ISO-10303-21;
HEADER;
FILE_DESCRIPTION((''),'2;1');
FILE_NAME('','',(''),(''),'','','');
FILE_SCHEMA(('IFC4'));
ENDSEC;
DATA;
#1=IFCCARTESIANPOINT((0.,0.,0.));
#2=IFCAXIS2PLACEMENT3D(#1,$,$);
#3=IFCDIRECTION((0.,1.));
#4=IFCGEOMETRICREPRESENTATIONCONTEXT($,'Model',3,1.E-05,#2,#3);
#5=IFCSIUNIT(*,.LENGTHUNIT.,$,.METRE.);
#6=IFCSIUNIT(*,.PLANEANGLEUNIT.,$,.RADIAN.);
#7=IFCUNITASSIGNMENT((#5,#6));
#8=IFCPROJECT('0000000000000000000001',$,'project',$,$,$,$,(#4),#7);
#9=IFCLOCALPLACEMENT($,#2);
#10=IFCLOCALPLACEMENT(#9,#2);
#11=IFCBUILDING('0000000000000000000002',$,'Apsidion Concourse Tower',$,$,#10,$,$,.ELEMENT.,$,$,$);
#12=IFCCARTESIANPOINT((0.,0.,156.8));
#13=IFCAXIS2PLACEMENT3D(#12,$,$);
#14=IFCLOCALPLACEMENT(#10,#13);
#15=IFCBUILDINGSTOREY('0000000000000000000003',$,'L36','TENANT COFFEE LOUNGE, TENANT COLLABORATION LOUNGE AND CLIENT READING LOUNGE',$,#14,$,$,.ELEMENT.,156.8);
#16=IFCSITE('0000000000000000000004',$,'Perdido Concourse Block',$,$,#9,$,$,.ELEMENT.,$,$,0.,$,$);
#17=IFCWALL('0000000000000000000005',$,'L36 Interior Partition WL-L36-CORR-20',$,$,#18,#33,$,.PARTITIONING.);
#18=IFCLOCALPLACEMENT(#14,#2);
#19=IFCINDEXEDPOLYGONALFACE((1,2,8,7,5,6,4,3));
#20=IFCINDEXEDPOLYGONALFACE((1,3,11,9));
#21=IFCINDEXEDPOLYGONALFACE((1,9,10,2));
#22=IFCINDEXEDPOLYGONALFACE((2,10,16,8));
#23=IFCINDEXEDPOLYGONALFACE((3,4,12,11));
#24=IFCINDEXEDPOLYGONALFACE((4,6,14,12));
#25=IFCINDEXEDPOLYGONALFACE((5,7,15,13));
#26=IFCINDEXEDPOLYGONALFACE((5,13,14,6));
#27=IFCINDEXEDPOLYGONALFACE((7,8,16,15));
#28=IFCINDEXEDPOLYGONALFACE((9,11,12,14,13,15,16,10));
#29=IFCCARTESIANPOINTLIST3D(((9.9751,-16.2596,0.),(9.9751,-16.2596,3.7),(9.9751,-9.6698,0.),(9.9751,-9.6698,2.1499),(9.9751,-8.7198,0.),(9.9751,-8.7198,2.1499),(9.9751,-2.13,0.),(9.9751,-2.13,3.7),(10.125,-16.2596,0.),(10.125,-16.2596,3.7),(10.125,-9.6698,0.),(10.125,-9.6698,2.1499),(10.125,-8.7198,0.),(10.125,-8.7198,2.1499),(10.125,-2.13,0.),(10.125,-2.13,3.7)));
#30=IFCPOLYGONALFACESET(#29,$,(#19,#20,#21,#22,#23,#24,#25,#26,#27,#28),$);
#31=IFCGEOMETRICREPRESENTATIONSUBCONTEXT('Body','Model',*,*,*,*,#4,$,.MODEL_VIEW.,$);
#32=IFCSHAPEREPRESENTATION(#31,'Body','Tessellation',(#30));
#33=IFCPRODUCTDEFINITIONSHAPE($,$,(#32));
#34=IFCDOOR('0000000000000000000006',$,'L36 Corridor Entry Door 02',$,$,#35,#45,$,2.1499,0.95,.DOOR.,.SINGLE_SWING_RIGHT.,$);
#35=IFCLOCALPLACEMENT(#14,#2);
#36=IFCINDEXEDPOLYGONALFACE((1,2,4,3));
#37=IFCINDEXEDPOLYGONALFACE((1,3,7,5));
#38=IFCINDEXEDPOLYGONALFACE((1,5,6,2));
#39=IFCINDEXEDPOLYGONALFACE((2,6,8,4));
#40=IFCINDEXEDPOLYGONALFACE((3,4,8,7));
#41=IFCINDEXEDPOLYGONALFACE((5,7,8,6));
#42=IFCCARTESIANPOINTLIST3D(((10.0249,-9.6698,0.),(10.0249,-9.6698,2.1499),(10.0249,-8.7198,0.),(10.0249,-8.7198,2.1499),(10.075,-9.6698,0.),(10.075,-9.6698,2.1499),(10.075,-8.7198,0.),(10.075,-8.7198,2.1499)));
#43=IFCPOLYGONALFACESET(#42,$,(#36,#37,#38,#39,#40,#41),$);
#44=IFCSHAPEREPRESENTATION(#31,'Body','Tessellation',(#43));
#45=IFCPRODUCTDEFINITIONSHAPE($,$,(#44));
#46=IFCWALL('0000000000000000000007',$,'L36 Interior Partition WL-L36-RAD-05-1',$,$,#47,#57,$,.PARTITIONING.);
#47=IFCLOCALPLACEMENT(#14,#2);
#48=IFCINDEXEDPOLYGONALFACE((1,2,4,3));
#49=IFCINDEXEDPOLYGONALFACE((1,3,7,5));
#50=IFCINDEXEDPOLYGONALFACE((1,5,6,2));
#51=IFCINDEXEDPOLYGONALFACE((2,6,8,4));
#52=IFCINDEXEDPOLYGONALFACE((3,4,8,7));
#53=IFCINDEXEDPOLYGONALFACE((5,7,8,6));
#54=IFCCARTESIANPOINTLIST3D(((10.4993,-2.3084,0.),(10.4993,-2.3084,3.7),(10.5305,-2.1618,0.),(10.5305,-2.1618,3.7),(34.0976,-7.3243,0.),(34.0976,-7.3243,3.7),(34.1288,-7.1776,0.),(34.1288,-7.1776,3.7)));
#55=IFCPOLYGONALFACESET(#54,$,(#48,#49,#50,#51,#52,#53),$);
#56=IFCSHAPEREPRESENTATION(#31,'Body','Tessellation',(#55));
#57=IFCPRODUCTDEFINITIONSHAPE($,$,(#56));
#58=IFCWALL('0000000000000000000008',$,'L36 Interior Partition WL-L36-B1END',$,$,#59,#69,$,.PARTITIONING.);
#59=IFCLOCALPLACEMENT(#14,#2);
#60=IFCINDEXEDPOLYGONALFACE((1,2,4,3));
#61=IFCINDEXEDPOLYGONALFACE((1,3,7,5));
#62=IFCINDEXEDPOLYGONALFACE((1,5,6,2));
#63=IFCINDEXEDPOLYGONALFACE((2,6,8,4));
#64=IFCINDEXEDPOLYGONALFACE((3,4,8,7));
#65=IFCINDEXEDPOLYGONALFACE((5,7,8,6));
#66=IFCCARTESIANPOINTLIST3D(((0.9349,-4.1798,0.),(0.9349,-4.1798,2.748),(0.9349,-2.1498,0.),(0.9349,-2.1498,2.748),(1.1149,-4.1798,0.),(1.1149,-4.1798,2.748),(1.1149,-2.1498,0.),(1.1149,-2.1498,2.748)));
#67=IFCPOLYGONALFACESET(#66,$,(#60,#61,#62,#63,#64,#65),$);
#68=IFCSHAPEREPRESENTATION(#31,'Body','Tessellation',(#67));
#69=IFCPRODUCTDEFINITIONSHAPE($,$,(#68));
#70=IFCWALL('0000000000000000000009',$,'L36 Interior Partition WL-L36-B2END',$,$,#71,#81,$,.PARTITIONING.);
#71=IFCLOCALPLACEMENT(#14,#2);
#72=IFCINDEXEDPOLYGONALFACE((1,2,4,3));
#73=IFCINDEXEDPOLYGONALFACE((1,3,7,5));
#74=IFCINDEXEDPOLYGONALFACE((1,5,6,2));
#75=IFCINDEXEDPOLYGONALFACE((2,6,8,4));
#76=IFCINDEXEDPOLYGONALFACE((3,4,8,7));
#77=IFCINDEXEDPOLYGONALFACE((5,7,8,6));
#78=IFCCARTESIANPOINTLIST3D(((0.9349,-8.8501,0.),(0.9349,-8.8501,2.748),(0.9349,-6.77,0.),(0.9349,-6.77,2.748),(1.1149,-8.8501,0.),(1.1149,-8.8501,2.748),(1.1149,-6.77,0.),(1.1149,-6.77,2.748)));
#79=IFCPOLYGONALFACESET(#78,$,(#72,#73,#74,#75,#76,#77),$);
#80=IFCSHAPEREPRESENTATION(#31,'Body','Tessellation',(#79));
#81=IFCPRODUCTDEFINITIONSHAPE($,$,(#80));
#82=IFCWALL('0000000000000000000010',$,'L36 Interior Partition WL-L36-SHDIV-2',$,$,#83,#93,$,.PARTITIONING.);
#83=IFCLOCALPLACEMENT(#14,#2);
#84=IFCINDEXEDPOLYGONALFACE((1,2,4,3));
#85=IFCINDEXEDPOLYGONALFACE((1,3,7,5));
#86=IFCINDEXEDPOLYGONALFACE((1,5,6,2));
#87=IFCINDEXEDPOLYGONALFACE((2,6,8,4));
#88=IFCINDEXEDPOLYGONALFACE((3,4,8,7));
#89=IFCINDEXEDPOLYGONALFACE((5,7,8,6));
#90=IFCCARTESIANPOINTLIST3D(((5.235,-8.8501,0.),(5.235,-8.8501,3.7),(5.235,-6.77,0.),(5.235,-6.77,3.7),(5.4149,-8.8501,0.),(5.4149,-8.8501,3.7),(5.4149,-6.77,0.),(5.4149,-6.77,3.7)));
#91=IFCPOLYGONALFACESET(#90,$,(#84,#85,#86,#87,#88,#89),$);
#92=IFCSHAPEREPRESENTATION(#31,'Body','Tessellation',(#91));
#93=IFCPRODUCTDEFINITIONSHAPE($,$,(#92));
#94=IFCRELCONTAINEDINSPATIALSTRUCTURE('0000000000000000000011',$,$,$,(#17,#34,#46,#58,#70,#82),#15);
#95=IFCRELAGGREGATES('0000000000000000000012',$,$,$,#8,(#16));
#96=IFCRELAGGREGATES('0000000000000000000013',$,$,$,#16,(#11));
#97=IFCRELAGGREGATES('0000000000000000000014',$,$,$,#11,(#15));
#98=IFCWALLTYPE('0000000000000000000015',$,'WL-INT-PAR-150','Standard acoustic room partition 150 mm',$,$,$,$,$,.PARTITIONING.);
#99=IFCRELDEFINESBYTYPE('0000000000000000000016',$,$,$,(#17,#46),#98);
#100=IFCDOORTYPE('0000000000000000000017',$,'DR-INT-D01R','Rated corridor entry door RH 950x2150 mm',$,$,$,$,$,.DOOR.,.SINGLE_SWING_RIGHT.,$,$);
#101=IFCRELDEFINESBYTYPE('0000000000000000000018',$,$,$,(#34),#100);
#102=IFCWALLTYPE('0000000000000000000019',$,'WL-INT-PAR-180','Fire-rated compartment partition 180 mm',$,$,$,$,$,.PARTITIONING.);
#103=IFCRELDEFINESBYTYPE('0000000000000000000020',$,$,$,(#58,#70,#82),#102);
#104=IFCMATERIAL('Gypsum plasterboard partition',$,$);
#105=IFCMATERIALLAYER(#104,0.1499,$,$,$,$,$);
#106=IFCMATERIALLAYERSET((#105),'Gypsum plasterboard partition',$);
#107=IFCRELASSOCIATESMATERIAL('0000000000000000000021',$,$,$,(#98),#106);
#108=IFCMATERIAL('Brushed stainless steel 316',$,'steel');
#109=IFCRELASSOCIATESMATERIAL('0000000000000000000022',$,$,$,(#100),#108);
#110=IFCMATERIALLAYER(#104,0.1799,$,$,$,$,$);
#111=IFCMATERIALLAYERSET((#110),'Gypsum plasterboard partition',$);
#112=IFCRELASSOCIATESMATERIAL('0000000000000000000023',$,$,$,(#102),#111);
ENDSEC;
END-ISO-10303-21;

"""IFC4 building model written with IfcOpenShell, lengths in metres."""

from ifc_helpers import new_model, si_unit, direction, frame, frame_2d, origin, place, context, subcontext, project, spatial, rectangle, extrude, material, layer, layer_set, type_object, element, fill, save


model = new_model("IFC4")

# Units and contexts
model_context = context("Model", 3, precision=1e-05, world=origin(), true_north=direction((0.0, 1.0)))
body_context = subcontext(model_context, "Body", "Model", "MODEL_VIEW")
ifc_project = project(units=[si_unit("LENGTHUNIT", "METRE"), si_unit("PLANEANGLEUNIT", "RADIAN")], contexts=[model_context])

# Site, building, storey
site_placement = place(None, origin())
site = spatial("IfcSite", under=ifc_project, at=site_placement, Name="Perdido Concourse Block", CompositionType="ELEMENT", RefElevation=0.0)
building_placement = place(site_placement, origin())
building = spatial("IfcBuilding", under=site, at=building_placement, Name="Apsidion Concourse Tower", CompositionType="ELEMENT")
storey_placement = place(building_placement, frame((0.0, 0.0, 156.8)))
storey = spatial("IfcBuildingStorey", under=building, at=storey_placement, Name="L36", Description="TENANT COFFEE LOUNGE, TENANT COLLABORATION LOUNGE AND CLIENT READING LOUNGE", CompositionType="ELEMENT", Elevation=156.8)

# Shared definitions
ifc_material_1 = material(Name="Gypsum plasterboard partition")
ifc_layer_1 = layer(ifc_material_1, 0.1499)
ifc_layer_set_1 = layer_set([ifc_layer_1], Name="Gypsum plasterboard partition")
wall_type_1 = type_object("IfcWallType", Name="WL-INT-PAR-150", Description="Standard acoustic room partition 150 mm", PredefinedType="PARTITIONING", material=ifc_layer_set_1)

# Wall, opening, door
wall_1_placement = place(storey_placement, frame((10.05, -2.1299, 0.0), z_axis=(0.0, 0.0, 1.0), x_axis=(0.0, -1.0, 0.0)))
wall_1 = element("IfcWall", 1, at=wall_1_placement, inside=storey, type_object=wall_type_1, Name="L36 Interior Partition WL-L36-CORR-20", PredefinedType="PARTITIONING", context=body_context, shape_type="SweptSolid", body=[
    extrude(rectangle(XDim=14.1296, YDim=0.1499, at=frame_2d((7.0649, 0.0))), origin(), (0.0, 0.0, 1.0), 3.7),
])
opening_1_placement = place(wall_1_placement, frame((6.5898, 0.0, 0.0)))
opening_1 = element("IfcOpeningElement", 2, at=opening_1_placement, cuts=wall_1, PredefinedType="OPENING", context=body_context, shape_type="SweptSolid", body=[
    extrude(rectangle(XDim=0.95, YDim=2.1499, at=frame_2d((0.4751, 1.075))), frame((0.0, 0.085, 0.0), z_axis=(0.0, -1.0, 0.0), x_axis=(1.0, 0.0, 0.0)), (0.0, 0.0, 1.0), 0.1699),
])
ifc_material_2 = material(Name="Brushed stainless steel 316", Category="steel")
door_type_1 = type_object("IfcDoorType", Name="DR-INT-D01R", Description="Rated corridor entry door RH 950x2150 mm", OperationType="SINGLE_SWING_RIGHT", PredefinedType="DOOR", material=ifc_material_2)
door_1_placement = place(opening_1_placement, origin())
door_1 = element("IfcDoor", 3, at=door_1_placement, inside=storey, type_object=door_type_1, Name="L36 Corridor Entry Door 02", OperationType="SINGLE_SWING_RIGHT", OverallHeight=2.1499, OverallWidth=0.95, PredefinedType="DOOR", context=body_context, shape_type="SweptSolid", body=[
    extrude(rectangle(XDim=0.95, YDim=2.1499, at=frame_2d((0.4751, 1.075))), frame((0.0, 0.0249, 0.0), z_axis=(0.0, -1.0, 0.0), x_axis=(1.0, 0.0, 0.0)), (0.0, 0.0, 1.0), 0.05),
])
fill(opening_1, door_1)

# Walls
wall_2_placement = place(storey_placement, frame((10.5149, -2.2351, 0.0), z_axis=(0.0, 0.0, 1.0), x_axis=(0.978149, -0.207907, 0.0)))
element("IfcWall", 4, at=wall_2_placement, inside=storey, type_object=wall_type_1, Name="L36 Interior Partition WL-L36-RAD-05-1", PredefinedType="PARTITIONING", context=body_context, shape_type="SweptSolid", body=[
    extrude(rectangle(XDim=24.1255, YDim=0.1499, at=frame_2d((12.0627, 0.0))), origin(), (0.0, 0.0, 1.0), 3.7),
])
ifc_layer_2 = layer(ifc_material_1, 0.1799)
ifc_layer_set_2 = layer_set([ifc_layer_2], Name="Gypsum plasterboard partition")
wall_type_2 = type_object("IfcWallType", Name="WL-INT-PAR-180", Description="Fire-rated compartment partition 180 mm", PredefinedType="PARTITIONING", material=ifc_layer_set_2)
wall_3_placement = place(storey_placement, frame((1.0249, -4.1799, 0.0), z_axis=(0.0, 0.0, 1.0), x_axis=(0.0, 1.0, 0.0)))
element("IfcWall", 5, at=wall_3_placement, inside=storey, type_object=wall_type_2, Name="L36 Interior Partition WL-L36-B1END", PredefinedType="PARTITIONING", context=body_context, shape_type="SweptSolid", body=[
    extrude(rectangle(XDim=2.03, YDim=0.1799, at=frame_2d((1.0151, 0.0))), origin(), (0.0, 0.0, 1.0), 2.748),
])
wall_4_placement = place(storey_placement, frame((1.0249, -8.8501, 0.0), z_axis=(0.0, 0.0, 1.0), x_axis=(0.0, 1.0, 0.0)))
element("IfcWall", 6, at=wall_4_placement, inside=storey, type_object=wall_type_2, Name="L36 Interior Partition WL-L36-B2END", PredefinedType="PARTITIONING", context=body_context, shape_type="SweptSolid", body=[
    extrude(rectangle(XDim=2.0801, YDim=0.1799, at=frame_2d((1.04, 0.0))), origin(), (0.0, 0.0, 1.0), 2.748),
])
wall_5_placement = place(storey_placement, frame((5.325, -8.8501, 0.0), z_axis=(0.0, 0.0, 1.0), x_axis=(0.0, 1.0, 0.0)))
element("IfcWall", 7, at=wall_5_placement, inside=storey, type_object=wall_type_2, Name="L36 Interior Partition WL-L36-SHDIV-2", PredefinedType="PARTITIONING", context=body_context, shape_type="SweptSolid", body=[
    extrude(rectangle(XDim=2.0801, YDim=0.1799, at=frame_2d((1.04, 0.0))), origin(), (0.0, 0.0, 1.0), 3.7),
])

save(model, "model.ifc")
